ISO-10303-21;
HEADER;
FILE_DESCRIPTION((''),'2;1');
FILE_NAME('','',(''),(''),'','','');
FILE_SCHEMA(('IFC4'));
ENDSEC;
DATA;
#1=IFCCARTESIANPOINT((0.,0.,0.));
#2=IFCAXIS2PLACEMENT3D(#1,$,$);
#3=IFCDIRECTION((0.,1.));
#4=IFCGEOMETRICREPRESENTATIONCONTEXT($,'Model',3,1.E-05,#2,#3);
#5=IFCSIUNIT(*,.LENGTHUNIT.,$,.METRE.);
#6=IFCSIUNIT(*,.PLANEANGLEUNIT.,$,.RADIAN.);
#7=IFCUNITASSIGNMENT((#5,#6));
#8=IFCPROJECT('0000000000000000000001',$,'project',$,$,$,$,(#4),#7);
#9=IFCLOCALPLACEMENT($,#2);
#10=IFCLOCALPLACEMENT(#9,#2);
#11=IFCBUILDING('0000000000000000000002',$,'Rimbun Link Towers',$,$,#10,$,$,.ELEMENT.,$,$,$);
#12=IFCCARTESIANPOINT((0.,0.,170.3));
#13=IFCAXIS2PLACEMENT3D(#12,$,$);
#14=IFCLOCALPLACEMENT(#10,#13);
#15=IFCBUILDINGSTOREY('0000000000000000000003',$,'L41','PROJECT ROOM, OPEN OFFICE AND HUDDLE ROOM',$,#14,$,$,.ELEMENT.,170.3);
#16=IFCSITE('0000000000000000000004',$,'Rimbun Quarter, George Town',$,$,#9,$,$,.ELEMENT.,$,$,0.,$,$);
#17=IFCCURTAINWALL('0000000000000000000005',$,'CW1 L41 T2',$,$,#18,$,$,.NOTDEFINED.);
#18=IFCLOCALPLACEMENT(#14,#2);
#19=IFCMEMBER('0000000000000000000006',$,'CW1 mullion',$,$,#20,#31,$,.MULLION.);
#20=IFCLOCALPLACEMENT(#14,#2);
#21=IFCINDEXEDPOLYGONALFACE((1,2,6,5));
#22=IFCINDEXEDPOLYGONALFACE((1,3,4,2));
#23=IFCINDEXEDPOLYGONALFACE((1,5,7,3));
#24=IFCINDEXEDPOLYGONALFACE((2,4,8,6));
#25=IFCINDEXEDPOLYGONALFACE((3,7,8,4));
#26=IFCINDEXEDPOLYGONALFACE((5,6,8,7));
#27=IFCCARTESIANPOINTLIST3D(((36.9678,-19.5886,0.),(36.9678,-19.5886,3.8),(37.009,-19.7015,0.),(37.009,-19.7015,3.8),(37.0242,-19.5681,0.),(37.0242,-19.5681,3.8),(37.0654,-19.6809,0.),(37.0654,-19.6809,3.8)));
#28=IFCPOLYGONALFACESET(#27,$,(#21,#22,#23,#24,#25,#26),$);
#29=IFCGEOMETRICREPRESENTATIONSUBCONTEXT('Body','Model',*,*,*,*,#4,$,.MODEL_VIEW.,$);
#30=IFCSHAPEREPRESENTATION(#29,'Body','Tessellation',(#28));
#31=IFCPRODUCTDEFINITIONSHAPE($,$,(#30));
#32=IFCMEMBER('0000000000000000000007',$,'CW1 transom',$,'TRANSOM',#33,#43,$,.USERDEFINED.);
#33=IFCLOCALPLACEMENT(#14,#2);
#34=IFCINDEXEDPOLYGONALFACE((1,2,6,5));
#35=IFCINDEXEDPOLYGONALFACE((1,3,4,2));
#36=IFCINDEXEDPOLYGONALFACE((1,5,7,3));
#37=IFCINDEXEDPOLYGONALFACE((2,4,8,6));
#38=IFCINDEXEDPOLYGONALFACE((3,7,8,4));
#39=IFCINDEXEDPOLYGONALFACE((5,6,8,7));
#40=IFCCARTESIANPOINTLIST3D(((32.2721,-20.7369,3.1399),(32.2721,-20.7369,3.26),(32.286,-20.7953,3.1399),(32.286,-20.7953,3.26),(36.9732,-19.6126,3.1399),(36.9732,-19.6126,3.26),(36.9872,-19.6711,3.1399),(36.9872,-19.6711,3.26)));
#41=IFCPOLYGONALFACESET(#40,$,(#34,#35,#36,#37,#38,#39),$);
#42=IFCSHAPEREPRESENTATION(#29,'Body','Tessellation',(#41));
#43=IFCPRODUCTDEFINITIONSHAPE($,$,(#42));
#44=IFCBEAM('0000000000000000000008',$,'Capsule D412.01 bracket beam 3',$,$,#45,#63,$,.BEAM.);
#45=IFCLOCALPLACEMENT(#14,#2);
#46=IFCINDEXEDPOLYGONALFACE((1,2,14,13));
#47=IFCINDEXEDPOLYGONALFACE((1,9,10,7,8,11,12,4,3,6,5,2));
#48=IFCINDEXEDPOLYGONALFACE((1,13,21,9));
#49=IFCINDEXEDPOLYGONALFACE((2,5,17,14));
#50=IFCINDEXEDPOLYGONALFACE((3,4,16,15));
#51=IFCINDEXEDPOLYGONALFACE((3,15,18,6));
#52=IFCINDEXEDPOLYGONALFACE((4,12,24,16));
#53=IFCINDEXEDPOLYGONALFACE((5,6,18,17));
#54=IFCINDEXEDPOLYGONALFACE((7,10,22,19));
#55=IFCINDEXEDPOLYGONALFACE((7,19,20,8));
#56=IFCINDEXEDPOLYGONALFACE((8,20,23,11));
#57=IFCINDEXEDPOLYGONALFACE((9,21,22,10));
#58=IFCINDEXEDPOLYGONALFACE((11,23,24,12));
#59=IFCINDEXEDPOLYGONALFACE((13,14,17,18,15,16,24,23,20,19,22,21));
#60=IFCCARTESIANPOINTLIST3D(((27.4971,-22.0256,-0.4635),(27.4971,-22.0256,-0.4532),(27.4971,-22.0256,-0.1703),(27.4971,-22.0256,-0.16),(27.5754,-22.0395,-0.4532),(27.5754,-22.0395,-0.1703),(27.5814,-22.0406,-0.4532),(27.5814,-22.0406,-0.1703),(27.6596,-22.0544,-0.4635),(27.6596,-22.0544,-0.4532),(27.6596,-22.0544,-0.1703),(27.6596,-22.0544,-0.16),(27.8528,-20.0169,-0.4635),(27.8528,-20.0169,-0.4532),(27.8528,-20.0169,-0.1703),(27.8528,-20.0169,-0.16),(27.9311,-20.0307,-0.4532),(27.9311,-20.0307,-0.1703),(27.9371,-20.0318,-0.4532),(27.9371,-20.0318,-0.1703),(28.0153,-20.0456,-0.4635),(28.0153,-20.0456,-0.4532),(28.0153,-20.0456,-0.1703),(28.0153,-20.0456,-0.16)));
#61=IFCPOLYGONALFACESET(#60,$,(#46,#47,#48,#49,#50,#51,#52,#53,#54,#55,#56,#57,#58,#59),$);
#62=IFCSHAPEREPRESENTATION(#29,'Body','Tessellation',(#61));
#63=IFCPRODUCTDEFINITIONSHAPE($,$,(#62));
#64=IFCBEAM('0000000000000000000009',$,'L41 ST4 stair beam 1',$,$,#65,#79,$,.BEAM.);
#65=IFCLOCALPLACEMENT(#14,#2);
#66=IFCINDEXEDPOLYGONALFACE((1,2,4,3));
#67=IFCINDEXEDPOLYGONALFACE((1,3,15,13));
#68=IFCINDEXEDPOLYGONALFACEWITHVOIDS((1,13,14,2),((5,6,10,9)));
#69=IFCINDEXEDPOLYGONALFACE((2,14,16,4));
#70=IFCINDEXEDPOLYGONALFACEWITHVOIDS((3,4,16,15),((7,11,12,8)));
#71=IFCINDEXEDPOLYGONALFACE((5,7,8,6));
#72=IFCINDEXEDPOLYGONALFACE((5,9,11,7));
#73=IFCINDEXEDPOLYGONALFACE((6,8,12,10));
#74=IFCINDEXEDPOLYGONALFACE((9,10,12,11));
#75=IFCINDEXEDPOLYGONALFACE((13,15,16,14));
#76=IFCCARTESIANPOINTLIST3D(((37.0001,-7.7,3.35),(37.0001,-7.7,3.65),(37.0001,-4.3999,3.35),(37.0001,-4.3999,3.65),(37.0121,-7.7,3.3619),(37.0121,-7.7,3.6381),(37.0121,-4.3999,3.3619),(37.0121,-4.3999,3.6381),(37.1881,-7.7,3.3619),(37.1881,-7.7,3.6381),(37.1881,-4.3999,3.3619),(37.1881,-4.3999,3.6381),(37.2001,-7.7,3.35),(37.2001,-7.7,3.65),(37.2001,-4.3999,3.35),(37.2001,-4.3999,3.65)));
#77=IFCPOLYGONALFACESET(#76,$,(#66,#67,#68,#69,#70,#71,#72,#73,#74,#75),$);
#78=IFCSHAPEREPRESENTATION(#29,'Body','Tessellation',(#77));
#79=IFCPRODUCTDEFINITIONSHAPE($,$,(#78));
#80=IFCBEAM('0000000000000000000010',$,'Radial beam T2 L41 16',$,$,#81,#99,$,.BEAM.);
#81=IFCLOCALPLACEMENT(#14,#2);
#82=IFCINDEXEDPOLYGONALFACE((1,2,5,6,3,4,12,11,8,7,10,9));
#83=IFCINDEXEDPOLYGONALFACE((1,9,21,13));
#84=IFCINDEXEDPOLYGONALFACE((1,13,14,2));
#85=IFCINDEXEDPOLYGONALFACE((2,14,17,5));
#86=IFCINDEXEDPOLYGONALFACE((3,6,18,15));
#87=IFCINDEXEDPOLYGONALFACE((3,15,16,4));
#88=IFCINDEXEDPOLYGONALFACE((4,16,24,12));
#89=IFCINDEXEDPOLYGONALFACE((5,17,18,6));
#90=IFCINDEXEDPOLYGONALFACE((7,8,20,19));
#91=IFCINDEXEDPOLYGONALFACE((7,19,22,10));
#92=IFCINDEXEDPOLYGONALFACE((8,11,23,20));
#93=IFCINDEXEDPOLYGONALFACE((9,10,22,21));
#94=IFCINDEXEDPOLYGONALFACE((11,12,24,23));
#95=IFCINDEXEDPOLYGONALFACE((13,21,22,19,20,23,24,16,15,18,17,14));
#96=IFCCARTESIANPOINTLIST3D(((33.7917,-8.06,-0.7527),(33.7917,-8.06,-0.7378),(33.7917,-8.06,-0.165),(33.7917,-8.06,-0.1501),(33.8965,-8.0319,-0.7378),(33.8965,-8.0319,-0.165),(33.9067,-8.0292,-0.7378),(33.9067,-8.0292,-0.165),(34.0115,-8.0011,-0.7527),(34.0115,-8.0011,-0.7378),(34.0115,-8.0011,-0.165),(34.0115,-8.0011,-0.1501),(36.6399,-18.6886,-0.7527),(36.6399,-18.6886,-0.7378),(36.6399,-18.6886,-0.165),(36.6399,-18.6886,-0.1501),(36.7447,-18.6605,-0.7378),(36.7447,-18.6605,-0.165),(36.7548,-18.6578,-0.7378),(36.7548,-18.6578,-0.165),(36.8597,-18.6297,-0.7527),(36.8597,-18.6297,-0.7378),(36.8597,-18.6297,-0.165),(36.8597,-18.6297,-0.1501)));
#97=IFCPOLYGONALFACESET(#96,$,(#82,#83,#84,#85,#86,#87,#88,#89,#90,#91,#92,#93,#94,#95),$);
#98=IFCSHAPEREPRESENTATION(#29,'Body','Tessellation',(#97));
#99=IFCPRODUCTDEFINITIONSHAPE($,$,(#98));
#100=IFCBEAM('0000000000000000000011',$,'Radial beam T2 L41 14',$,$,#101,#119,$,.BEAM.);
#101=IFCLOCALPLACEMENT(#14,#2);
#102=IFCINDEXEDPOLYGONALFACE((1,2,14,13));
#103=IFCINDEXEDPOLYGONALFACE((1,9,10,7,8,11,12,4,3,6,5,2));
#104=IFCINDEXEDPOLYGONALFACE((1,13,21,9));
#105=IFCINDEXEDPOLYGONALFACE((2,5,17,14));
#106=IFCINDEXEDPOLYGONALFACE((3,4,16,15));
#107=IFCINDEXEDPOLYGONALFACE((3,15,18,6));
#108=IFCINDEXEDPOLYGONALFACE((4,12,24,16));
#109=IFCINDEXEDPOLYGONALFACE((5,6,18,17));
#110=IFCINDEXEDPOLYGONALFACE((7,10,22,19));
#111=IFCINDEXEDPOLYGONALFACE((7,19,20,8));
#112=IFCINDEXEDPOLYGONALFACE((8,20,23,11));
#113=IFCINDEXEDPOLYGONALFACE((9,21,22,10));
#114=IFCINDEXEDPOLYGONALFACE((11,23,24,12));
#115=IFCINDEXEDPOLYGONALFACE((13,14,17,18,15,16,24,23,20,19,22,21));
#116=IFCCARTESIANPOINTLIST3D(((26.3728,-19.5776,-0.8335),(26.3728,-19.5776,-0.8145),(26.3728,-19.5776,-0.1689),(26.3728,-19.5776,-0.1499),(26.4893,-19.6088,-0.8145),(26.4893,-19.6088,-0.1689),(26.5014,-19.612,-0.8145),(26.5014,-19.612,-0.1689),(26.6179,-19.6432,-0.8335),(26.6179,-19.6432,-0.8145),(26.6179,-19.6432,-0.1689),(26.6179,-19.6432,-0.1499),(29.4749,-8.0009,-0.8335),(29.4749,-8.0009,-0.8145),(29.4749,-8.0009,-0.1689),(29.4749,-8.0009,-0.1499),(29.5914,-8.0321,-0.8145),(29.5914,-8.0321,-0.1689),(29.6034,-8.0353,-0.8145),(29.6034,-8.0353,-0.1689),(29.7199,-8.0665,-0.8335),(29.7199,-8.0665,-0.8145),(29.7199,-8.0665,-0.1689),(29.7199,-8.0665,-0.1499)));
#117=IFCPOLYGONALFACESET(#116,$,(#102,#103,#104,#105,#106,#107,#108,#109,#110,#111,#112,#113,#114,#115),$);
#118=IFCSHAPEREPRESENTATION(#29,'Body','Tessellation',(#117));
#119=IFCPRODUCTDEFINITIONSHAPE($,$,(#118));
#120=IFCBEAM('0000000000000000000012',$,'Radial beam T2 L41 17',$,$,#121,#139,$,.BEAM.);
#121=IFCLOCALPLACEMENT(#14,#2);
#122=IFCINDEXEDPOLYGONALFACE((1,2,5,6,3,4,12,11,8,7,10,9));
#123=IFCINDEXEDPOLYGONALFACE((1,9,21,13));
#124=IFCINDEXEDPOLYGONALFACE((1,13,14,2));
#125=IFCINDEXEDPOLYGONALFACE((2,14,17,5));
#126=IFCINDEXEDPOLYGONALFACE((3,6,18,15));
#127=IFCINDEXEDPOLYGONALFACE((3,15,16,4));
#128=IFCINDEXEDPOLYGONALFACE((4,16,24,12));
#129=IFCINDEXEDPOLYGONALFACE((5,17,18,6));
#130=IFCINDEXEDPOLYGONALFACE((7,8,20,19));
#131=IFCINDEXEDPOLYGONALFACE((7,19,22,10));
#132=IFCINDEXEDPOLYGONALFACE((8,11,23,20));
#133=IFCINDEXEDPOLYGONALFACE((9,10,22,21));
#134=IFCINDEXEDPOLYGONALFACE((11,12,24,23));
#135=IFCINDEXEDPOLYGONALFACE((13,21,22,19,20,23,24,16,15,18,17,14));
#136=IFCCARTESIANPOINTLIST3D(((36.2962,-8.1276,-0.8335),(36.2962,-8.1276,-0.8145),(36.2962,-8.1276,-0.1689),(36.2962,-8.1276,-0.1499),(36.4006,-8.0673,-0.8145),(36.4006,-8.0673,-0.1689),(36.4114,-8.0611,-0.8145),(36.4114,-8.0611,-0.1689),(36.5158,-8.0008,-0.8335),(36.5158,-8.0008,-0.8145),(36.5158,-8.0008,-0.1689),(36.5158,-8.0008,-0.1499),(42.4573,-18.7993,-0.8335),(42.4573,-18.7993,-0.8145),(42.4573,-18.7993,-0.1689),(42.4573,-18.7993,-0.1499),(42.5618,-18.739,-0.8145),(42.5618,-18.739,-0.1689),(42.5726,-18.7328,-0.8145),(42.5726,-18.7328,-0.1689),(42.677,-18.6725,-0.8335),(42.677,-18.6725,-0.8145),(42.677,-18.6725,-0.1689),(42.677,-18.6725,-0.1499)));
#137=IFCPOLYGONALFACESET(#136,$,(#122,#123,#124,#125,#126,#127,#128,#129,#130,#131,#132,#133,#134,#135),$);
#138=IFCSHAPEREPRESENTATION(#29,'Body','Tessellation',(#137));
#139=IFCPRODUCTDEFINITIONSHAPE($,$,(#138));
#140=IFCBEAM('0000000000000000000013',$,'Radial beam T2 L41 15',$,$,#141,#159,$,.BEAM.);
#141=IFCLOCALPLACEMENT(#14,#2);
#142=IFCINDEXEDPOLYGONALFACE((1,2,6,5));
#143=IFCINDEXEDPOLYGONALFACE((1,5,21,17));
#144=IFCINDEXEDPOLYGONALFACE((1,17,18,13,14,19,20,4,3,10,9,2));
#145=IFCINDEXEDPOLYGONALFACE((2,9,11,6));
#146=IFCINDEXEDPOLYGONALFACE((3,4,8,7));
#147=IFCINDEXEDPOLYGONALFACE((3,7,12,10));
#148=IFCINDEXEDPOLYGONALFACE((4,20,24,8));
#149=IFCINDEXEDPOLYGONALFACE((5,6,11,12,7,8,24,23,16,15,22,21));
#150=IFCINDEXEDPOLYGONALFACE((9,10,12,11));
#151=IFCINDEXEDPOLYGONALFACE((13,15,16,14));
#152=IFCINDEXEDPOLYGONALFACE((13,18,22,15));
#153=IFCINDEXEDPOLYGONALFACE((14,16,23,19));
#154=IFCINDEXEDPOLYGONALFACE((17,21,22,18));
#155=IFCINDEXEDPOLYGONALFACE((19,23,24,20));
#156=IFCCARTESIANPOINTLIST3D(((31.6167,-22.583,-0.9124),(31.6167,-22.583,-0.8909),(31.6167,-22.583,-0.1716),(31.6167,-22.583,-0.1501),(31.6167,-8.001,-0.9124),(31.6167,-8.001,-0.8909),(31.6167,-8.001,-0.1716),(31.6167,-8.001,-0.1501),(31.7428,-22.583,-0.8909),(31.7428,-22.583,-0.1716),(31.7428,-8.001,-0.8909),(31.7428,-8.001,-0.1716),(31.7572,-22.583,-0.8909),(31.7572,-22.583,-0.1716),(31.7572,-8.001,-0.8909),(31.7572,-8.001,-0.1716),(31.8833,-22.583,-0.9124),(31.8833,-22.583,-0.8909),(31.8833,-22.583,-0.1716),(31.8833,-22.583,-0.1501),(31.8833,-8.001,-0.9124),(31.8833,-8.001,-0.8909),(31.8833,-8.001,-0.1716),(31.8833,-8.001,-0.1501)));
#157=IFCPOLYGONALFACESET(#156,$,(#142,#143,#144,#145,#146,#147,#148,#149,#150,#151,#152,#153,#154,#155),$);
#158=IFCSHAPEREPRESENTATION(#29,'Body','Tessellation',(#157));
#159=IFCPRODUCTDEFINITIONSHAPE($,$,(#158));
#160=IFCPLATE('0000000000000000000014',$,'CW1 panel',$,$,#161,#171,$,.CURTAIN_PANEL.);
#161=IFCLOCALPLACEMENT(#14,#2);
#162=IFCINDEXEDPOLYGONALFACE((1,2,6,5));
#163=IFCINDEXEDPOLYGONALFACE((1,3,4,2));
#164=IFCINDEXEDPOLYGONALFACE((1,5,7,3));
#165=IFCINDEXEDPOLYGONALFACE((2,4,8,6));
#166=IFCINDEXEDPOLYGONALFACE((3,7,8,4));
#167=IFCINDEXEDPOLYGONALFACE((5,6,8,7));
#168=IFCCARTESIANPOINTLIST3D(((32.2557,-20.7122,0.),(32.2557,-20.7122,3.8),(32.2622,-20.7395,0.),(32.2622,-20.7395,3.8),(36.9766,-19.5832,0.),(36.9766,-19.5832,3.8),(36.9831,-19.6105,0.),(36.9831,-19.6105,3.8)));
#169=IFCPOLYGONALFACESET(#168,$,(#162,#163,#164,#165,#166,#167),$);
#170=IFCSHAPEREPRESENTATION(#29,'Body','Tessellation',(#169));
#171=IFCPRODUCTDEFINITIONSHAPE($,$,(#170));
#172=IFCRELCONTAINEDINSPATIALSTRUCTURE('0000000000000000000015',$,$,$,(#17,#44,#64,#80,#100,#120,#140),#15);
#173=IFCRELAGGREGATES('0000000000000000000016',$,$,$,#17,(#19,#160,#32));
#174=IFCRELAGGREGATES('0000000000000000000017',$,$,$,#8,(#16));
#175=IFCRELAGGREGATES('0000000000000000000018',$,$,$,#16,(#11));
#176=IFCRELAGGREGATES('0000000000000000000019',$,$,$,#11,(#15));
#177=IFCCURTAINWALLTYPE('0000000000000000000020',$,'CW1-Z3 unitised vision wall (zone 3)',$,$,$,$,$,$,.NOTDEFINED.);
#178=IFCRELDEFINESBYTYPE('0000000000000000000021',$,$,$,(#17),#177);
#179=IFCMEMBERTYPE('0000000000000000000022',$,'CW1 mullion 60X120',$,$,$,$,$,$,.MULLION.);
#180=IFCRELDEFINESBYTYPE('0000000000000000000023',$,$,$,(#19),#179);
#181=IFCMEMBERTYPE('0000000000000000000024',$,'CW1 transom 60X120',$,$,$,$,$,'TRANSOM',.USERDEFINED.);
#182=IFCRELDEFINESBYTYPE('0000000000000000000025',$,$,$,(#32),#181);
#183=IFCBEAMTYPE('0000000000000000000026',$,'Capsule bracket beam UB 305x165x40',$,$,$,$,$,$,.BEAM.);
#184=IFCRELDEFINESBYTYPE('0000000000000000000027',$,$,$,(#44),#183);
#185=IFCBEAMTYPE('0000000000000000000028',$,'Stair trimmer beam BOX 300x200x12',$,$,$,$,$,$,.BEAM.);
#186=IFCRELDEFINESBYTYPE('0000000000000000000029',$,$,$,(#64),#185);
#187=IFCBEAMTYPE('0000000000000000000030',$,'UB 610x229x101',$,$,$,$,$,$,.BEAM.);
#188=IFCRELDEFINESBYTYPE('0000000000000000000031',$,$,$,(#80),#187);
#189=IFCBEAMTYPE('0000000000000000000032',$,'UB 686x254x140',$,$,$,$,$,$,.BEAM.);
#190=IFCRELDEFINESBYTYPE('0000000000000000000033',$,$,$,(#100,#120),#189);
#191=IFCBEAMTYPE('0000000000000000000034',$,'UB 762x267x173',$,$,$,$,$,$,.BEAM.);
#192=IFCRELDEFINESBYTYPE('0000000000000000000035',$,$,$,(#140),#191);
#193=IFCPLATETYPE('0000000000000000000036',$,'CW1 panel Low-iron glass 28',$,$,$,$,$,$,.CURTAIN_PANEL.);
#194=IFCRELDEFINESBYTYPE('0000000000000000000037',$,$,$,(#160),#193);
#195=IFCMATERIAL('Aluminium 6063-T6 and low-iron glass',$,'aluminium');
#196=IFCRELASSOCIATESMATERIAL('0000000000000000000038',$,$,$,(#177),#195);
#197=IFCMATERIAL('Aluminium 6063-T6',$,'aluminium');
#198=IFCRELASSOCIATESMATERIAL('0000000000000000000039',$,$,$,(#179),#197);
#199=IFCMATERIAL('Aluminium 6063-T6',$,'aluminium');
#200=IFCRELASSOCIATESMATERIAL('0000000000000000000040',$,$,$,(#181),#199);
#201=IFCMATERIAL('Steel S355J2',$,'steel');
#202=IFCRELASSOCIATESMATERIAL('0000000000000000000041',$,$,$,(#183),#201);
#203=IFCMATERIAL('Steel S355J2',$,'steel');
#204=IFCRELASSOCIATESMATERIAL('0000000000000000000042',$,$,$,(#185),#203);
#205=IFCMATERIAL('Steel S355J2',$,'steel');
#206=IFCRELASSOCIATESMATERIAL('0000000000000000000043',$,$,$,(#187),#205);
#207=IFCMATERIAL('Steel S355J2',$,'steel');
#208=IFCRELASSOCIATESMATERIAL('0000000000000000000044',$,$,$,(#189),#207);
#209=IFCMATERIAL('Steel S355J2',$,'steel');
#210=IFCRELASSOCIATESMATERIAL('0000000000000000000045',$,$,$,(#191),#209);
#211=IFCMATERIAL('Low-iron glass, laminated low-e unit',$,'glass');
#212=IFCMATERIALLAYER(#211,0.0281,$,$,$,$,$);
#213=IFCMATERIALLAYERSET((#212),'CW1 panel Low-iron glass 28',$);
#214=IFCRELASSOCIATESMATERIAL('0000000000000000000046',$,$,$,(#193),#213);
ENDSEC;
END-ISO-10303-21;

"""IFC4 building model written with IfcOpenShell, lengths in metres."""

from ifc_helpers import new_model, si_unit, direction, frame, origin, origin_2d, place, context, subcontext, project, spatial, rectangle, hollow_rectangle, i_section, extrude, material, layer, layer_set, material_profile, profile_set, type_object, element, aggregate, save


model = new_model("IFC4")

# Units and contexts
model_context = context("Model", 3, precision=1e-05, world=origin(), true_north=direction((0.0, 1.0)))
body_context = subcontext(model_context, "Body", "Model", "MODEL_VIEW")
ifc_project = project(units=[si_unit("LENGTHUNIT", "METRE"), si_unit("PLANEANGLEUNIT", "RADIAN")], contexts=[model_context])

# Site, building, storey
site_placement = place(None, origin())
site = spatial("IfcSite", under=ifc_project, at=site_placement, Name="Rimbun Quarter, George Town", CompositionType="ELEMENT", RefElevation=0.0)
building_placement = place(site_placement, origin())
building = spatial("IfcBuilding", under=site, at=building_placement, Name="Rimbun Link Towers", CompositionType="ELEMENT")
storey_placement = place(building_placement, frame((0.0, 0.0, 170.3)))
storey = spatial("IfcBuildingStorey", under=building, at=storey_placement, Name="L41", Description="PROJECT ROOM, OPEN OFFICE AND HUDDLE ROOM", CompositionType="ELEMENT", Elevation=170.3)

# Curtain wall, members
ifc_material_1 = material(Name="Aluminium 6063-T6 and low-iron glass", Category="aluminium")
curtain_wall_type = type_object("IfcCurtainWallType", Name="CW1-Z3 unitised vision wall (zone 3)", PredefinedType="NOTDEFINED", material=ifc_material_1)
curtain_wall_placement = place(storey_placement, origin())
curtain_wall = element("IfcCurtainWall", 1, at=curtain_wall_placement, inside=storey, type_object=curtain_wall_type, Name="CW1 L41 T2", PredefinedType="NOTDEFINED")
ifc_material_2 = material(Name="Aluminium 6063-T6", Category="aluminium")
ifc_material_profile_1 = material_profile(ifc_material_2, rectangle(XDim=0.1201, YDim=0.0601, at=origin_2d()), Name="MULLION 60X120")
ifc_profile_set_1 = profile_set([ifc_material_profile_1], Name="Aluminium 6063-T6")
member_type_1 = type_object("IfcMemberType", Name="CW1 mullion 60X120", PredefinedType="MULLION", material=ifc_profile_set_1)
member_1_placement = place(storey_placement, frame((37.0166, -19.6348, 0.0), z_axis=(0.0, 0.0, 1.0), x_axis=(0.342962, -0.939349, 0.0)))
member_1 = element("IfcMember", 2, at=member_1_placement, type_object=member_type_1, Name="CW1 mullion", PredefinedType="MULLION", context=body_context, shape_type="SweptSolid", body=[
    extrude(rectangle(XDim=0.1201, YDim=0.0601, at=origin_2d()), origin(), (0.0, 0.0, 1.0), 3.8),
])
ifc_material_3 = material(Name="Aluminium 6063-T6", Category="aluminium")
ifc_material_profile_2 = material_profile(ifc_material_3, rectangle(XDim=0.0601, YDim=0.1201, at=origin_2d()), Name="TRANSOM 60X120")
ifc_profile_set_2 = profile_set([ifc_material_profile_2], Name="Aluminium 6063-T6")
member_type_2 = type_object("IfcMemberType", Name="CW1 transom 60X120", ElementType="TRANSOM", PredefinedType="USERDEFINED", material=ifc_profile_set_2)
member_2_placement = place(storey_placement, frame((36.9802, -19.6418, 3.2), z_axis=(-0.972575, -0.232588, 0.0), x_axis=(0.232588, -0.972575, 0.0)))
member_2 = element("IfcMember", 3, at=member_2_placement, type_object=member_type_2, Name="CW1 transom", ObjectType="TRANSOM", PredefinedType="USERDEFINED", context=body_context, shape_type="SweptSolid", body=[
    extrude(rectangle(XDim=0.0601, YDim=0.1201, at=origin_2d()), origin(), (0.0, 0.0, 1.0), 4.8337),
])

# Beams
ifc_material_4 = material(Name="Steel S355J2", Category="steel")
ifc_material_profile_3 = material_profile(ifc_material_4, i_section(OverallWidth=0.165, OverallDepth=0.3035, WebThickness=0.0061, FlangeThickness=0.0103, at=origin_2d()), Name="UB 305x165x40")
ifc_profile_set_3 = profile_set([ifc_material_profile_3], Name="Steel S355J2")
beam_type_1 = type_object("IfcBeamType", Name="Capsule bracket beam UB 305x165x40", PredefinedType="BEAM", material=ifc_profile_set_3)
beam_1_placement = place(storey_placement, frame((27.9341, -20.0312, -0.3118), z_axis=(-0.174366, -0.984681, 0.0), x_axis=(0.984681, -0.174366, 0.0)))
element("IfcBeam", 4, at=beam_1_placement, inside=storey, type_object=beam_type_1, Name="Capsule D412.01 bracket beam 3", PredefinedType="BEAM", context=body_context, shape_type="SweptSolid", body=[
    extrude(i_section(OverallWidth=0.165, OverallDepth=0.3035, WebThickness=0.0061, FlangeThickness=0.0103, at=origin_2d()), origin(), (0.0, 0.0, 1.0), 2.04),
])
ifc_material_5 = material(Name="Steel S355J2", Category="steel")
ifc_material_profile_4 = material_profile(ifc_material_5, hollow_rectangle(XDim=0.2, YDim=0.3, WallThickness=0.012, at=origin_2d()), Name="BOX 300x200x12")
ifc_profile_set_4 = profile_set([ifc_material_profile_4], Name="Steel S355J2")
beam_type_2 = type_object("IfcBeamType", Name="Stair trimmer beam BOX 300x200x12", PredefinedType="BEAM", material=ifc_profile_set_4)
beam_2_placement = place(storey_placement, frame((37.1001, -7.7, 3.5), z_axis=(0.0, 1.0, 0.0), x_axis=(-1.0, 0.0, 0.0)))
element("IfcBeam", 5, at=beam_2_placement, inside=storey, type_object=beam_type_2, Name="L41 ST4 stair beam 1", PredefinedType="BEAM", context=body_context, shape_type="SweptSolid", body=[
    extrude(hollow_rectangle(XDim=0.2, YDim=0.3, WallThickness=0.012, at=origin_2d()), origin(), (0.0, 0.0, 1.0), 3.3),
])
ifc_material_6 = material(Name="Steel S355J2", Category="steel")
ifc_material_profile_5 = material_profile(ifc_material_6, i_section(OverallWidth=0.2275, OverallDepth=0.6025, WebThickness=0.0105, FlangeThickness=0.0149, at=origin_2d()), Name="UB 610x229x101")
ifc_profile_set_5 = profile_set([ifc_material_profile_5], Name="Steel S355J2")
beam_type_3 = type_object("IfcBeamType", Name="UB 610x229x101", PredefinedType="BEAM", material=ifc_profile_set_5)
beam_3_placement = place(storey_placement, frame((33.9016, -8.0305, -0.4514), z_axis=(0.258836, -0.965921, 0.0), x_axis=(0.965921, 0.258836, 0.0)))
element("IfcBeam", 6, at=beam_3_placement, inside=storey, type_object=beam_type_3, Name="Radial beam T2 L41 16", PredefinedType="BEAM", context=body_context, shape_type="SweptSolid", body=[
    extrude(i_section(OverallWidth=0.2275, OverallDepth=0.6025, WebThickness=0.0105, FlangeThickness=0.0149, at=origin_2d()), origin(), (0.0, 0.0, 1.0), 11.0037),
])
ifc_material_7 = material(Name="Steel S355J2", Category="steel")
ifc_material_profile_6 = material_profile(ifc_material_7, i_section(OverallWidth=0.2537, OverallDepth=0.6836, WebThickness=0.0125, FlangeThickness=0.019, at=origin_2d()), Name="UB 686x254x140")
ifc_profile_set_6 = profile_set([ifc_material_profile_6], Name="Steel S355J2")
beam_type_4 = type_object("IfcBeamType", Name="UB 686x254x140", PredefinedType="BEAM", material=ifc_profile_set_6)
beam_4_placement = place(storey_placement, frame((29.5974, -8.0337, -0.4917), z_axis=(-0.258826, -0.965924, 0.0), x_axis=(0.965924, -0.258826, 0.0)))
element("IfcBeam", 7, at=beam_4_placement, inside=storey, type_object=beam_type_4, Name="Radial beam T2 L41 14", PredefinedType="BEAM", context=body_context, shape_type="SweptSolid", body=[
    extrude(i_section(OverallWidth=0.2537, OverallDepth=0.6836, WebThickness=0.0125, FlangeThickness=0.019, at=origin_2d()), origin(), (0.0, 0.0, 1.0), 11.9851),
])
beam_5_placement = place(storey_placement, frame((36.406, -8.0642, -0.4917), z_axis=(0.499992, -0.86603, 0.0), x_axis=(0.86603, 0.499992, 0.0)))
element("IfcBeam", 8, at=beam_5_placement, inside=storey, type_object=beam_type_4, Name="Radial beam T2 L41 17", PredefinedType="BEAM", context=body_context, shape_type="SweptSolid", body=[
    extrude(i_section(OverallWidth=0.2537, OverallDepth=0.6836, WebThickness=0.0125, FlangeThickness=0.019, at=origin_2d()), origin(), (0.0, 0.0, 1.0), 12.3225),
])
ifc_material_8 = material(Name="Steel S355J2", Category="steel")
ifc_material_profile_7 = material_profile(ifc_material_8, i_section(OverallWidth=0.2666, OverallDepth=0.7622, WebThickness=0.0144, FlangeThickness=0.0215, at=origin_2d()), Name="UB 762x267x173")
ifc_profile_set_7 = profile_set([ifc_material_profile_7], Name="Steel S355J2")
beam_type_5 = type_object("IfcBeamType", Name="UB 762x267x173", PredefinedType="BEAM", material=ifc_profile_set_7)
beam_6_placement = place(storey_placement, frame((31.75, -8.001, -0.5312), z_axis=(0.0, -1.0, 0.0), x_axis=(1.0, 0.0, 0.0)))
element("IfcBeam", 9, at=beam_6_placement, inside=storey, type_object=beam_type_5, Name="Radial beam T2 L41 15", PredefinedType="BEAM", context=body_context, shape_type="SweptSolid", body=[
    extrude(i_section(OverallWidth=0.2666, OverallDepth=0.7622, WebThickness=0.0144, FlangeThickness=0.0215, at=origin_2d()), origin(), (0.0, 0.0, 1.0), 14.582),
])

# Plate
ifc_material_9 = material(Name="Low-iron glass, laminated low-e unit", Category="glass")
ifc_layer_1 = layer(ifc_material_9, 0.0281)
ifc_layer_set_1 = layer_set([ifc_layer_1], Name="CW1 panel Low-iron glass 28")
plate_type = type_object("IfcPlateType", Name="CW1 panel Low-iron glass 28", PredefinedType="CURTAIN_PANEL", material=ifc_layer_set_1)
plate_1_placement = place(storey_placement, frame((34.6194, -20.1614, 0.0), z_axis=(0.0, 0.0, 1.0), x_axis=(-0.972574, -0.232595, 0.0)))
plate_1 = element("IfcPlate", 10, at=plate_1_placement, type_object=plate_type, Name="CW1 panel", PredefinedType="CURTAIN_PANEL", context=body_context, shape_type="SweptSolid", body=[
    extrude(rectangle(XDim=4.854, YDim=0.0281, at=origin_2d()), origin(), (0.0, 0.0, 1.0), 3.8),
])
aggregate(curtain_wall, [member_1, plate_1, member_2])

save(model, "model.ifc")
